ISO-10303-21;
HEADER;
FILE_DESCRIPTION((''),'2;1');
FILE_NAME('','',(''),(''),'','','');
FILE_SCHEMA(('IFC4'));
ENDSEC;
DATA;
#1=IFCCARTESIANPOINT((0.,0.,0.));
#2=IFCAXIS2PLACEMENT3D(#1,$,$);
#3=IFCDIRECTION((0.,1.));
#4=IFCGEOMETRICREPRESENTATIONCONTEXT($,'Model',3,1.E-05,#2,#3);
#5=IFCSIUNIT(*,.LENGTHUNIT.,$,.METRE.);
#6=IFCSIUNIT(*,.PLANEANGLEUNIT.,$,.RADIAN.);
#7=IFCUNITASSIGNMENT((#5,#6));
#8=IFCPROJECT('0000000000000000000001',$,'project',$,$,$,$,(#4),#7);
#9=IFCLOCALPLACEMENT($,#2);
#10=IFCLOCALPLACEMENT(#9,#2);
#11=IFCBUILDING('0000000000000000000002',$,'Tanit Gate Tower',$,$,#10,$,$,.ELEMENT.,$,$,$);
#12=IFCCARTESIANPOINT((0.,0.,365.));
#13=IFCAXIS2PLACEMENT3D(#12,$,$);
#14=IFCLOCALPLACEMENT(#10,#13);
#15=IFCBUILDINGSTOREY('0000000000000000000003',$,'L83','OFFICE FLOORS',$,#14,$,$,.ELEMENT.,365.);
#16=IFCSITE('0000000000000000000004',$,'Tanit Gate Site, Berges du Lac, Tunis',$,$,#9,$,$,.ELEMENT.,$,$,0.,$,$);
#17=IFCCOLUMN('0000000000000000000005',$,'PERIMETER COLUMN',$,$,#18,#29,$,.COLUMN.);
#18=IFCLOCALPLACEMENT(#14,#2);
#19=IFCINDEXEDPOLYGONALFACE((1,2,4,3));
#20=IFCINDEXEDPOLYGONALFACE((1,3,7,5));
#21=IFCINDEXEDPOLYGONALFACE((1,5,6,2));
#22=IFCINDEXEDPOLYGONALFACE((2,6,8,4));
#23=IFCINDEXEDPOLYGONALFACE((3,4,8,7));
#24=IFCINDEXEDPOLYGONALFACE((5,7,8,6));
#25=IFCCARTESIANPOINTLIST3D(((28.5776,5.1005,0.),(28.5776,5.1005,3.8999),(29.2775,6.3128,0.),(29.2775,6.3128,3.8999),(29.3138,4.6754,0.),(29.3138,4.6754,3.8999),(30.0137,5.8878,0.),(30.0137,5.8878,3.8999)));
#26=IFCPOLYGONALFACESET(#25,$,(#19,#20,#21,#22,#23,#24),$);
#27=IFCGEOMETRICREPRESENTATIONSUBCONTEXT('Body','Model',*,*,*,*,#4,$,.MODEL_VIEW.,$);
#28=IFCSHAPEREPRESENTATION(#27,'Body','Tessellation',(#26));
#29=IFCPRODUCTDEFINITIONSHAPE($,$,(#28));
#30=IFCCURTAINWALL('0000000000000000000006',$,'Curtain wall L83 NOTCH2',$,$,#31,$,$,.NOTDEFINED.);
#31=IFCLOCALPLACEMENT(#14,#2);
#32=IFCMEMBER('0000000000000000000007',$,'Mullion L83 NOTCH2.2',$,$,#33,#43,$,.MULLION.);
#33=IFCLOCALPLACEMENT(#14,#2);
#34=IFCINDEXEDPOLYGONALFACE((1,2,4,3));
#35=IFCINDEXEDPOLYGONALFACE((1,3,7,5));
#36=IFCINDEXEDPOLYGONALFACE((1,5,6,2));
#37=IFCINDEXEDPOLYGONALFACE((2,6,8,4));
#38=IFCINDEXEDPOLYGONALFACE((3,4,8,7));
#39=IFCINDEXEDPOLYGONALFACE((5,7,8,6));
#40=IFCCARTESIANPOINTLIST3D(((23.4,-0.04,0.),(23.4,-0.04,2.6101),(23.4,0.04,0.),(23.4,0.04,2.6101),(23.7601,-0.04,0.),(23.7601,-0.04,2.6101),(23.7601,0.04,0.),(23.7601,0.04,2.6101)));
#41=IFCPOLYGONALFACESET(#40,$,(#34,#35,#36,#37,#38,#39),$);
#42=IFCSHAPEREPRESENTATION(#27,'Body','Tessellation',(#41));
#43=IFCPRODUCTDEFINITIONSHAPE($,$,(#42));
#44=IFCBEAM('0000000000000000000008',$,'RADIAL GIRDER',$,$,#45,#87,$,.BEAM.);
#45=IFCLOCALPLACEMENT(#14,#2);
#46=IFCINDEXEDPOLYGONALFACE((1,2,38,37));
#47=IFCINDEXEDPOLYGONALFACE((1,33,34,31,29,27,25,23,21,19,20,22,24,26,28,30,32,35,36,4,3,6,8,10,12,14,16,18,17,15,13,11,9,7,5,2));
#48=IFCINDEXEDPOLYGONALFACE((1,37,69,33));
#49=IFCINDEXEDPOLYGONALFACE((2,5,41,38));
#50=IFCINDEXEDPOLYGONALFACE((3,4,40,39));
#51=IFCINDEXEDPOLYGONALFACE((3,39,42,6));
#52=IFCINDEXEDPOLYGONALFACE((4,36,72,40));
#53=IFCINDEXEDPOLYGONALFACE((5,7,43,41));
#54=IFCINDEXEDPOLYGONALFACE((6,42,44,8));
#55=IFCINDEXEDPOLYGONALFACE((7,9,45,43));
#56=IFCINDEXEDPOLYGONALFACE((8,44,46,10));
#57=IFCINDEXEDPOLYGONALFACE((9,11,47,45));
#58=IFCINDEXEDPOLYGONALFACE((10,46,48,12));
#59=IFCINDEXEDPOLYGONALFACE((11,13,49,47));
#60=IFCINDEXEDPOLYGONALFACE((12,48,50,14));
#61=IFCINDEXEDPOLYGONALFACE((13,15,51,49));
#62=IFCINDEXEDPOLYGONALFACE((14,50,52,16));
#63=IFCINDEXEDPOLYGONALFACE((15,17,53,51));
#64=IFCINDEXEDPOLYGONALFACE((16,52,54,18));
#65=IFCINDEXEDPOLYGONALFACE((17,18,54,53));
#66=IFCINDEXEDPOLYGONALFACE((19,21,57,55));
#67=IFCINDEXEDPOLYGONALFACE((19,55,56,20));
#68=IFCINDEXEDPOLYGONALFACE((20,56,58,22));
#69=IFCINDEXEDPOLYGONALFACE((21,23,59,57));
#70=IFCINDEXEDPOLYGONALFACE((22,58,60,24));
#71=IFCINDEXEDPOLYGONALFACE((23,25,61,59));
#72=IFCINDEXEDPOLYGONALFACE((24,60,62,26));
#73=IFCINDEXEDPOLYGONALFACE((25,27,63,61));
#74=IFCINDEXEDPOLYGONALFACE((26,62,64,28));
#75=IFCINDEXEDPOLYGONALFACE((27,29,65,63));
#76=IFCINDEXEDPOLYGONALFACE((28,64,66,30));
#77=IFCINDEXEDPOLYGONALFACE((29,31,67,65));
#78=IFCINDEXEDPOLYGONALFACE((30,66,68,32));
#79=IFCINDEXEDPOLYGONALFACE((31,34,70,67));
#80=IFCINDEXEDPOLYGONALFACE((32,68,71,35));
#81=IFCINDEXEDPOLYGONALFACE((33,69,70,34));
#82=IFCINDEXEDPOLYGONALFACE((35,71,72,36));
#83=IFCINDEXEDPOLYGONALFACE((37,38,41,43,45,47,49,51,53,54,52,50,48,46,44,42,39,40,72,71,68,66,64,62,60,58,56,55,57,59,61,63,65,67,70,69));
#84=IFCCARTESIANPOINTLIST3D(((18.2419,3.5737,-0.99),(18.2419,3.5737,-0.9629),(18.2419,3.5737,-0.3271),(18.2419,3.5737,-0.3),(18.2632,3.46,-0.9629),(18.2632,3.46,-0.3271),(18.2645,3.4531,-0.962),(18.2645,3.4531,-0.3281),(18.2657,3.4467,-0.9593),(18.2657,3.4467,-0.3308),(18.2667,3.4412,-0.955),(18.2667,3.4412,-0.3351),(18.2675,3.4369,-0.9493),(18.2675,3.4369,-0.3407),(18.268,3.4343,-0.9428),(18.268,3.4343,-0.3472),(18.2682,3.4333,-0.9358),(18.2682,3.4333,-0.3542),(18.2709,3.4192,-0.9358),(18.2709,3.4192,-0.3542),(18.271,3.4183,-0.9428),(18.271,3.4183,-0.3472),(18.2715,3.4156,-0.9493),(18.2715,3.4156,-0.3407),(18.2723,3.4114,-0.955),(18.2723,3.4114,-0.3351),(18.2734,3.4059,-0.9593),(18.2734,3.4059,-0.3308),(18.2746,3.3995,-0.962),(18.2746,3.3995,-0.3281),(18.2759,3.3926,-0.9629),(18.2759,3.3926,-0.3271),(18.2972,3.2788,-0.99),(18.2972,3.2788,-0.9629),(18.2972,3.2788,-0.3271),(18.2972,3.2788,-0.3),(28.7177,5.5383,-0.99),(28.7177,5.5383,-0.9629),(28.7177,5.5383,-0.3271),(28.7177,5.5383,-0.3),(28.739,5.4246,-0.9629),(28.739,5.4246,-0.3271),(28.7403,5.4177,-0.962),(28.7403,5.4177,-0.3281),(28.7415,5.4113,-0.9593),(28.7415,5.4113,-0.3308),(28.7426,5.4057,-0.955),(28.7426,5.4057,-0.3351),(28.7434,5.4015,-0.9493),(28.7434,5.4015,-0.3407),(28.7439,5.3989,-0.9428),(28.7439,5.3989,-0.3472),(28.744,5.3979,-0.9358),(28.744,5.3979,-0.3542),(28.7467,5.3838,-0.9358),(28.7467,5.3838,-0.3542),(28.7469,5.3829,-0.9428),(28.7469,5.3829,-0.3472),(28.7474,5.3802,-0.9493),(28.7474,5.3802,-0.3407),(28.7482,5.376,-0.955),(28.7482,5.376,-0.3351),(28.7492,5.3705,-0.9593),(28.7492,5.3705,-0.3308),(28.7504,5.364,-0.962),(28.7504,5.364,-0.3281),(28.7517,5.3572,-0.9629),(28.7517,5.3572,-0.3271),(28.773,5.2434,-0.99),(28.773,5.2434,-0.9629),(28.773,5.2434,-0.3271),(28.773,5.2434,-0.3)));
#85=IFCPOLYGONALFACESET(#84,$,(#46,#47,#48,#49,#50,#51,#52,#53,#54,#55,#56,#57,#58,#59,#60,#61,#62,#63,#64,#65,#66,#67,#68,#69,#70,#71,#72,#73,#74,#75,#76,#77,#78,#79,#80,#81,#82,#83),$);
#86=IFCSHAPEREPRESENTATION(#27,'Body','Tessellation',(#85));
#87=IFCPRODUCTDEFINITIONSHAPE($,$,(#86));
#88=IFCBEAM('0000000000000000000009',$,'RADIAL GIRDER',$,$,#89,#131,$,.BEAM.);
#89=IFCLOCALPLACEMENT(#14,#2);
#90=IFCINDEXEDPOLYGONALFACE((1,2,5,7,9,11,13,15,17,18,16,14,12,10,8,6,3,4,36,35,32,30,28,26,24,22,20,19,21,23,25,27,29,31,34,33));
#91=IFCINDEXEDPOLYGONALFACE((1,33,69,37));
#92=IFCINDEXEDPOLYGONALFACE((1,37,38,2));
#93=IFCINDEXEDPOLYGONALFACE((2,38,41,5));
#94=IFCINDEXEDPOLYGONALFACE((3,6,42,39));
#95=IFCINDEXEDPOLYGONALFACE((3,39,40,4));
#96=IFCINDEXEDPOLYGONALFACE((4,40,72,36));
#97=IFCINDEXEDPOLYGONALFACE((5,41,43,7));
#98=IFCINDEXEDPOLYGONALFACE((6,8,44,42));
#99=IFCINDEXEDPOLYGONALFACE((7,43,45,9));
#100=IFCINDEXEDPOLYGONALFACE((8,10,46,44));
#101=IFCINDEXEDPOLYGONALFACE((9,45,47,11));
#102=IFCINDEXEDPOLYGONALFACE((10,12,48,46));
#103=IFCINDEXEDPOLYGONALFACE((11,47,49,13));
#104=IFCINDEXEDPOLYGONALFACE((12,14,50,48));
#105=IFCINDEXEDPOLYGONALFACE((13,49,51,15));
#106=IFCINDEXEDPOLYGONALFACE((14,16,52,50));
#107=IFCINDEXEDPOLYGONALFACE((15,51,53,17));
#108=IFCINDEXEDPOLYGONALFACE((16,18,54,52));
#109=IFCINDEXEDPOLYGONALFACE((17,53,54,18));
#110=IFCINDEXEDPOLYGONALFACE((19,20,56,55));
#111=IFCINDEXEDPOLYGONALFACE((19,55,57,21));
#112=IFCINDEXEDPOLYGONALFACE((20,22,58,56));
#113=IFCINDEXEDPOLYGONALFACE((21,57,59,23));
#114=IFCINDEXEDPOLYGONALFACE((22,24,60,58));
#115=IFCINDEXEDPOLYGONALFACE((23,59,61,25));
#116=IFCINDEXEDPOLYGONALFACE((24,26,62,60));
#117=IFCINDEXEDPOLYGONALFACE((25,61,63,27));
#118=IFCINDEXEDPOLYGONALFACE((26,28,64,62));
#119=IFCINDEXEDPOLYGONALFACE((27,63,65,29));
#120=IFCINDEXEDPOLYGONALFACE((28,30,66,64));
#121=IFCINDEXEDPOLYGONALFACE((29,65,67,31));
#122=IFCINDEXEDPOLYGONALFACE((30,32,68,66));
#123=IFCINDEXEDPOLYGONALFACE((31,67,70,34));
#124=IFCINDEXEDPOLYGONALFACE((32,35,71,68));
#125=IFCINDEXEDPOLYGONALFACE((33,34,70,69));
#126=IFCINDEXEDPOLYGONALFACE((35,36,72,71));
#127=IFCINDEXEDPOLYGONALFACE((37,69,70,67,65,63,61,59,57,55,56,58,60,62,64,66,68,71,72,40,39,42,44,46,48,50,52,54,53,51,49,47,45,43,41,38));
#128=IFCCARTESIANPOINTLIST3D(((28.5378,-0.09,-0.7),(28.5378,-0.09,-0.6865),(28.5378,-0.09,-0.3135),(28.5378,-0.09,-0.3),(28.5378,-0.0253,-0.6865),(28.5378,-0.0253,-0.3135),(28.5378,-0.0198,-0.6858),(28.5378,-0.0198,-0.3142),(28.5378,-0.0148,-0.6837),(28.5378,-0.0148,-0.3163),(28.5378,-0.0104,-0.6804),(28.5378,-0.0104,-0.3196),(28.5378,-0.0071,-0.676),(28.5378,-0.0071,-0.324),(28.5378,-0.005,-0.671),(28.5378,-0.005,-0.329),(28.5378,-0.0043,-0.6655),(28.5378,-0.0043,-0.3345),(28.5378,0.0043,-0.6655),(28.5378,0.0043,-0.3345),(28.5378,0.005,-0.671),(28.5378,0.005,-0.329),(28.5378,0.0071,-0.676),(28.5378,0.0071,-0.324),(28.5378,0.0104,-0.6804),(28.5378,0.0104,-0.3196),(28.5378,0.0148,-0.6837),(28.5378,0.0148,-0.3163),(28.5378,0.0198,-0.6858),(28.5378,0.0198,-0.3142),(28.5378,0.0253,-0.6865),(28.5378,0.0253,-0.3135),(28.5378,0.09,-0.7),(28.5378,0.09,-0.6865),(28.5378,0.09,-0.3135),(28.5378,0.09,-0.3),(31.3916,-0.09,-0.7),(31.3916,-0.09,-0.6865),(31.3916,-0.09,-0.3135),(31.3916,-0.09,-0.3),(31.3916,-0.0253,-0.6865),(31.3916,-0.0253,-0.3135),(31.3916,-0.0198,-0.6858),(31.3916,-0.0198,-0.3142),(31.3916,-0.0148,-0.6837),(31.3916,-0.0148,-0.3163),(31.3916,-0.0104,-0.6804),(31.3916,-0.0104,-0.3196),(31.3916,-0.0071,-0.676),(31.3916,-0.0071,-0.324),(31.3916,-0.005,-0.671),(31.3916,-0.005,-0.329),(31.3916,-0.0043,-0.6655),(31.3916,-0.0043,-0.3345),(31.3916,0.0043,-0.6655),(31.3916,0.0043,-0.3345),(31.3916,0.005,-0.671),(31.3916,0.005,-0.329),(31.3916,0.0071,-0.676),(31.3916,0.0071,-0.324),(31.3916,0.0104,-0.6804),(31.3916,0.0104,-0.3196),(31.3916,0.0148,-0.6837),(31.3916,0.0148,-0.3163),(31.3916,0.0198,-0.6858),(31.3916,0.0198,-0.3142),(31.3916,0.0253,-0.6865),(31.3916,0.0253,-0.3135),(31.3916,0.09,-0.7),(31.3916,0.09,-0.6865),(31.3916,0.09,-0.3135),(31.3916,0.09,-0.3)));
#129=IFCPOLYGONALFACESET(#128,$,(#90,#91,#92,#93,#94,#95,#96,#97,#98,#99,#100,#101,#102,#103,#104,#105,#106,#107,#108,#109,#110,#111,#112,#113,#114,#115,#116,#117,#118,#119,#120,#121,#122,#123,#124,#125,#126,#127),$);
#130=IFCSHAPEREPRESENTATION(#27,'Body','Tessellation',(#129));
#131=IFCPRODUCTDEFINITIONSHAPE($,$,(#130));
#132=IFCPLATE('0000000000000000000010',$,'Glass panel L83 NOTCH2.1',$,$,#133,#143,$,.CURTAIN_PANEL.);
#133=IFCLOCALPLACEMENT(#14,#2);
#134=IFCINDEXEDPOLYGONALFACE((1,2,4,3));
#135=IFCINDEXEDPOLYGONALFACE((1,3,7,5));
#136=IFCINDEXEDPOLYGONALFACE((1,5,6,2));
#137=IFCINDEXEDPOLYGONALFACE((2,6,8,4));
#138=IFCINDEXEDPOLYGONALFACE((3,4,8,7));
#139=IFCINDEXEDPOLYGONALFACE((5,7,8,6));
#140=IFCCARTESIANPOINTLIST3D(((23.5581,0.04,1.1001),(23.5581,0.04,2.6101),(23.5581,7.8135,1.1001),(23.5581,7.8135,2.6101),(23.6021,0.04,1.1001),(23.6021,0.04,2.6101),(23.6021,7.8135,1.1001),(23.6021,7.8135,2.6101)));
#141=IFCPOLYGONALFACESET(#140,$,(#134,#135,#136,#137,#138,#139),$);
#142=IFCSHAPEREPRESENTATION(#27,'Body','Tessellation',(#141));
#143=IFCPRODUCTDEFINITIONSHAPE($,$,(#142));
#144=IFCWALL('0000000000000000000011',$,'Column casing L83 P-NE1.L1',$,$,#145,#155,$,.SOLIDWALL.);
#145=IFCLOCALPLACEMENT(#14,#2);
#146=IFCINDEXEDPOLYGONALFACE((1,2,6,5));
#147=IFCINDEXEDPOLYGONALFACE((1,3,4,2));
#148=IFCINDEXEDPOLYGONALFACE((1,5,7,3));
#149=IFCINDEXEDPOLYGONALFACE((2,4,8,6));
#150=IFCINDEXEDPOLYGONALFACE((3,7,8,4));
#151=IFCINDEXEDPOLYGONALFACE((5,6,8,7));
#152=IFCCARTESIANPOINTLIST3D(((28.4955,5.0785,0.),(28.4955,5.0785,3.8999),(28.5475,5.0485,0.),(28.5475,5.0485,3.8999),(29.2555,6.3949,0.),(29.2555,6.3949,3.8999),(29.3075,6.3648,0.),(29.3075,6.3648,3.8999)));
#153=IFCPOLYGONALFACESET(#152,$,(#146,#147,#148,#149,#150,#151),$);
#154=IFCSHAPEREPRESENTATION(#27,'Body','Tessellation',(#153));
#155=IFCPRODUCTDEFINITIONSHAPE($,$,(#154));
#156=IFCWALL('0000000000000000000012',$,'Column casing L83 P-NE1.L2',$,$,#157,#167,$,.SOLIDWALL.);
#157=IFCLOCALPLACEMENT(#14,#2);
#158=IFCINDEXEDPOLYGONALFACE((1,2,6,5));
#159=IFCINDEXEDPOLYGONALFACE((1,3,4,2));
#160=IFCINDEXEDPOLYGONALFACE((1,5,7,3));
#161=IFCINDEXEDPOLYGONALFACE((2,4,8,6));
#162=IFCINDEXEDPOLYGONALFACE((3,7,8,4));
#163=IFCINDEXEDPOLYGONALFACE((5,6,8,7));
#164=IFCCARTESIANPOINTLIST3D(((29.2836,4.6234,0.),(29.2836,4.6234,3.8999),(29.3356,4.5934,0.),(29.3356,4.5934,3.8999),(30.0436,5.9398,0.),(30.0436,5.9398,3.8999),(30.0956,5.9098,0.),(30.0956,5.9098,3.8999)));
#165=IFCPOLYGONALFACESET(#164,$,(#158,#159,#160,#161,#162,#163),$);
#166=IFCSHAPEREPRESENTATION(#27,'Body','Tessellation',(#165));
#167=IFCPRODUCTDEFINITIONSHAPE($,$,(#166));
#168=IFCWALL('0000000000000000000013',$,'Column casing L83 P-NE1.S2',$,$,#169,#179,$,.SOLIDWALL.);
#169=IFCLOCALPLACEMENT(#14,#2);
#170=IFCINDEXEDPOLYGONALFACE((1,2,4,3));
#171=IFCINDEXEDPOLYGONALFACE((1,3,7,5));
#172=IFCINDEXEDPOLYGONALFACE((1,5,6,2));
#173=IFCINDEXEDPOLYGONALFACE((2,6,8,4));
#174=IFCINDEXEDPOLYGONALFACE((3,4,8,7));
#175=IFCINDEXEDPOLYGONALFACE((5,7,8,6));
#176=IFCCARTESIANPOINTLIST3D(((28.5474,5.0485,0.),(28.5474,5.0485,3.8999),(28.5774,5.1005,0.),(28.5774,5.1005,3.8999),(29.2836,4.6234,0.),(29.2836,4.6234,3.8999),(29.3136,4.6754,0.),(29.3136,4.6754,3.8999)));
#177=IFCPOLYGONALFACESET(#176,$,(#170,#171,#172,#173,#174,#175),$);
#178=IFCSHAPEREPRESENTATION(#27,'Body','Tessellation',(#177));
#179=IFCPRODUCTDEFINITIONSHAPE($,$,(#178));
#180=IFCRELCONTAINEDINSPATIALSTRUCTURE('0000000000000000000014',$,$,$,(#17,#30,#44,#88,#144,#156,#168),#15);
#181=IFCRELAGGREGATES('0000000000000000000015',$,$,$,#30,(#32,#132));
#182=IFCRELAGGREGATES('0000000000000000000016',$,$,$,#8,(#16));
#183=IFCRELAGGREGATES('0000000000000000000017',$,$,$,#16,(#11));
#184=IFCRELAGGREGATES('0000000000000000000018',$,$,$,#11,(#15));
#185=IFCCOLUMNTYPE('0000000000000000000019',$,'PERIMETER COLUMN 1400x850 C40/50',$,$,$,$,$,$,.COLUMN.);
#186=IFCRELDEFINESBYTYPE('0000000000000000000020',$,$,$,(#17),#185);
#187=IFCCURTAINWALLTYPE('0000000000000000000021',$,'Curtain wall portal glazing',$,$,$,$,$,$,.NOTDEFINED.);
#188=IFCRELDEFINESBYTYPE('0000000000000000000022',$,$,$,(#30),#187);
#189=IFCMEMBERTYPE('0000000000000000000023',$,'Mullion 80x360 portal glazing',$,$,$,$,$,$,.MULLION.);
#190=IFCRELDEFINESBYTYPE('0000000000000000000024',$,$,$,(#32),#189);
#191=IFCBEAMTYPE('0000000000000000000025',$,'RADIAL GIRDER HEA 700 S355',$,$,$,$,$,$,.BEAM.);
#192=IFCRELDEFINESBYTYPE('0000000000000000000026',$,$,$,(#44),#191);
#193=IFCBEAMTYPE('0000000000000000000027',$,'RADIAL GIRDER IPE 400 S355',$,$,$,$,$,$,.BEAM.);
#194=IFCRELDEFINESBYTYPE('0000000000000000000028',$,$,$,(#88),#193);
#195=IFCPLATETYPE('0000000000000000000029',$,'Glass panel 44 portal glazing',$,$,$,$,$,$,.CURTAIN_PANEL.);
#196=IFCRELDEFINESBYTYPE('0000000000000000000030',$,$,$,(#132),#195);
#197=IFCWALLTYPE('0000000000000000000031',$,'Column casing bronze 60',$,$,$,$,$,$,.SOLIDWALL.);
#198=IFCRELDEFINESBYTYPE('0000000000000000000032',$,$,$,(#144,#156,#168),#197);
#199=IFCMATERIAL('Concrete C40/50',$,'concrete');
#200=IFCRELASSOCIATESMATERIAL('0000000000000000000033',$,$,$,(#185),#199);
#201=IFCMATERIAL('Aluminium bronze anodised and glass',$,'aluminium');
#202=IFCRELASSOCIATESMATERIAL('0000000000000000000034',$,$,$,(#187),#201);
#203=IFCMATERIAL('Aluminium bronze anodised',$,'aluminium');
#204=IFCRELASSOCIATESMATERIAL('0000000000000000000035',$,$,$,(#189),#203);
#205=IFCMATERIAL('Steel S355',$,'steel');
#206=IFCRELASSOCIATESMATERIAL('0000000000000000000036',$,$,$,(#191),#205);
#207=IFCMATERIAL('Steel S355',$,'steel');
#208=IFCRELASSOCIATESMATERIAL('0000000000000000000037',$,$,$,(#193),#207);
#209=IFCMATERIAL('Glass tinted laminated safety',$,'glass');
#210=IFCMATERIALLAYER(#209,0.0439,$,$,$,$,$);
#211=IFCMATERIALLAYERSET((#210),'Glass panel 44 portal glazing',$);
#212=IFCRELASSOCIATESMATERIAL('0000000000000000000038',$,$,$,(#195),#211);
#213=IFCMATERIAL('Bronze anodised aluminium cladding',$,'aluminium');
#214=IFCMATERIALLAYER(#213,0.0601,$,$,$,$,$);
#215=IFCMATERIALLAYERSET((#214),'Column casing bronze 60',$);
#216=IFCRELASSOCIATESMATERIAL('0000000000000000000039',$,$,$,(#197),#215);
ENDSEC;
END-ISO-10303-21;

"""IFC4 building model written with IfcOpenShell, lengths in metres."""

from ifc_helpers import new_model, si_unit, direction, frame, frame_2d, origin, origin_2d, place, context, subcontext, project, spatial, rectangle, i_section, extrude, material, layer, layer_set, material_profile, profile_set, type_object, element, aggregate, save


model = new_model("IFC4")

# Units and contexts
model_context = context("Model", 3, precision=1e-05, world=origin(), true_north=direction((0.0, 1.0)))
body_context = subcontext(model_context, "Body", "Model", "MODEL_VIEW")
ifc_project = project(units=[si_unit("LENGTHUNIT", "METRE"), si_unit("PLANEANGLEUNIT", "RADIAN")], contexts=[model_context])

# Site, building, storey
site_placement = place(None, origin())
site = spatial("IfcSite", under=ifc_project, at=site_placement, Name="Tanit Gate Site, Berges du Lac, Tunis", CompositionType="ELEMENT", RefElevation=0.0)
building_placement = place(site_placement, origin())
building = spatial("IfcBuilding", under=site, at=building_placement, Name="Tanit Gate Tower", CompositionType="ELEMENT")
storey_placement = place(building_placement, frame((0.0, 0.0, 365.0)))
storey = spatial("IfcBuildingStorey", under=building, at=storey_placement, Name="L83", Description="OFFICE FLOORS", CompositionType="ELEMENT", Elevation=365.0)

# Column
ifc_material_1 = material(Name="Concrete C40/50", Category="concrete")
ifc_material_profile_1 = material_profile(ifc_material_1, rectangle(XDim=1.3999, YDim=0.8501, at=origin_2d()), Name="RC 1400x850")
ifc_profile_set_1 = profile_set([ifc_material_profile_1], Name="Concrete C40/50")
column_type = type_object("IfcColumnType", Name="PERIMETER COLUMN 1400x850 C40/50", PredefinedType="COLUMN", material=ifc_profile_set_1)
column_placement = place(storey_placement, frame((29.2957, 5.4941, 0.0), z_axis=(0.0, 0.0, 1.0), x_axis=(0.5, 0.866025, 0.0)))
element("IfcColumn", 1, at=column_placement, inside=storey, type_object=column_type, Name="PERIMETER COLUMN", PredefinedType="COLUMN", context=body_context, shape_type="SweptSolid", body=[
    extrude(rectangle(XDim=1.3999, YDim=0.8501, at=origin_2d()), origin(), (0.0, 0.0, 1.0), 3.8999),
])

# Curtain wall, member
ifc_material_2 = material(Name="Aluminium bronze anodised and glass", Category="aluminium")
curtain_wall_type = type_object("IfcCurtainWallType", Name="Curtain wall portal glazing", PredefinedType="NOTDEFINED", material=ifc_material_2)
curtain_wall_placement = place(storey_placement, origin())
curtain_wall = element("IfcCurtainWall", 2, at=curtain_wall_placement, inside=storey, type_object=curtain_wall_type, Name="Curtain wall L83 NOTCH2", PredefinedType="NOTDEFINED")
ifc_material_3 = material(Name="Aluminium bronze anodised", Category="aluminium")
ifc_material_profile_2 = material_profile(ifc_material_3, rectangle(XDim=0.3601, YDim=0.0801, at=origin_2d()), Name="80x360 bronze mullion")
ifc_profile_set_2 = profile_set([ifc_material_profile_2], Name="Aluminium bronze anodised")
member_type = type_object("IfcMemberType", Name="Mullion 80x360 portal glazing", PredefinedType="MULLION", material=ifc_profile_set_2)
member_placement = place(storey_placement, frame((23.5801, 0.0, 0.0), z_axis=(0.0, 0.0, 1.0), x_axis=(1.0, 0.0, 0.0)))
member = element("IfcMember", 3, at=member_placement, type_object=member_type, Name="Mullion L83 NOTCH2.2", PredefinedType="MULLION", context=body_context, shape_type="SweptSolid", body=[
    extrude(rectangle(XDim=0.3601, YDim=0.0801, at=origin_2d()), origin(), (0.0, 0.0, 1.0), 2.6101),
])

# Beams
ifc_material_4 = material(Name="Steel S355", Category="steel")
ifc_material_profile_3 = material_profile(ifc_material_4, i_section(OverallWidth=0.3, OverallDepth=0.6899, WebThickness=0.0144, FlangeThickness=0.0271, FilletRadius=0.0271, at=origin_2d()), Name="HEA 700")
ifc_profile_set_3 = profile_set([ifc_material_profile_3], Name="Steel S355")
beam_type_1 = type_object("IfcBeamType", Name="RADIAL GIRDER HEA 700 S355", PredefinedType="BEAM", material=ifc_profile_set_3)
beam_1_placement = place(storey_placement, frame((28.7454, 5.3909, -0.645), z_axis=(-0.982866, -0.184323, 0.0), x_axis=(0.184323, -0.982866, 0.0)))
element("IfcBeam", 4, at=beam_1_placement, inside=storey, type_object=beam_type_1, Name="RADIAL GIRDER", PredefinedType="BEAM", context=body_context, shape_type="SweptSolid", body=[
    extrude(i_section(OverallWidth=0.3, OverallDepth=0.6899, WebThickness=0.0144, FlangeThickness=0.0271, FilletRadius=0.0271, at=origin_2d()), origin(), (0.0, 0.0, 1.0), 10.6584),
])
ifc_material_5 = material(Name="Steel S355", Category="steel")
ifc_material_profile_4 = material_profile(ifc_material_5, i_section(OverallWidth=0.1799, OverallDepth=0.3999, WebThickness=0.0085, FlangeThickness=0.0134, FilletRadius=0.021, at=origin_2d()), Name="IPE 400")
ifc_profile_set_4 = profile_set([ifc_material_profile_4], Name="Steel S355")
beam_type_2 = type_object("IfcBeamType", Name="RADIAL GIRDER IPE 400 S355", PredefinedType="BEAM", material=ifc_profile_set_4)
beam_2_placement = place(storey_placement, frame((31.3916, 0.0, -0.5), z_axis=(-1.0, 0.0, 0.0), x_axis=(0.0, -1.0, 0.0)))
element("IfcBeam", 5, at=beam_2_placement, inside=storey, type_object=beam_type_2, Name="RADIAL GIRDER", PredefinedType="BEAM", context=body_context, shape_type="SweptSolid", body=[
    extrude(i_section(OverallWidth=0.1799, OverallDepth=0.3999, WebThickness=0.0085, FlangeThickness=0.0134, FilletRadius=0.021, at=origin_2d()), origin(), (0.0, 0.0, 1.0), 2.8538),
])

# Plate
ifc_material_6 = material(Name="Glass tinted laminated safety", Category="glass")
ifc_layer_1 = layer(ifc_material_6, 0.0439)
ifc_layer_set_1 = layer_set([ifc_layer_1], Name="Glass panel 44 portal glazing")
plate_type = type_object("IfcPlateType", Name="Glass panel 44 portal glazing", PredefinedType="CURTAIN_PANEL", material=ifc_layer_set_1)
plate_placement = place(storey_placement, frame((23.5801, 3.9268, 1.1001), z_axis=(0.0, 0.0, 1.0), x_axis=(0.0, -1.0, 0.0)))
plate = element("IfcPlate", 6, at=plate_placement, type_object=plate_type, Name="Glass panel L83 NOTCH2.1", PredefinedType="CURTAIN_PANEL", context=body_context, shape_type="SweptSolid", body=[
    extrude(rectangle(XDim=7.7734, YDim=0.0439, at=origin_2d()), origin(), (0.0, 0.0, 1.0), 1.51),
])
aggregate(curtain_wall, [member, plate])

# Walls
ifc_material_7 = material(Name="Bronze anodised aluminium cladding", Category="aluminium")
ifc_layer_2 = layer(ifc_material_7, 0.0601)
ifc_layer_set_2 = layer_set([ifc_layer_2], Name="Column casing bronze 60")
wall_type_1 = type_object("IfcWallType", Name="Column casing bronze 60", PredefinedType="SOLIDWALL", material=ifc_layer_set_2)
for number, where, z_axis, x_axis, name in (
    (7, (28.5215, 5.0635, 0.0), (0.0, 0.0, 1.0), (0.499991, 0.86603, 0.0), "Column casing L83 P-NE1.L1"),
    (8, (29.3096, 4.6084, 0.0), (0.0, 0.0, 1.0), (0.499991, 0.86603, 0.0), "Column casing L83 P-NE1.L2"),
):
    element("IfcWall", number, at=place(storey_placement, frame(where, z_axis=z_axis, x_axis=x_axis)), inside=storey, type_object=wall_type_1, Name=name, PredefinedType="SOLIDWALL", context=body_context, shape_type="SweptSolid", body=[
        extrude(rectangle(XDim=1.52, YDim=0.0601, at=frame_2d((0.76, 0.0))), origin(), (0.0, 0.0, 1.0), 3.8999),
    ])
wall_1_placement = place(storey_placement, frame((29.2986, 4.6494, 0.0), z_axis=(0.0, 0.0, 1.0), x_axis=(-0.865989, 0.500062, 0.0)))
element("IfcWall", 9, at=wall_1_placement, inside=storey, type_object=wall_type_1, Name="Column casing L83 P-NE1.S2", PredefinedType="SOLIDWALL", context=body_context, shape_type="SweptSolid", body=[
    extrude(rectangle(XDim=0.8501, YDim=0.0601, at=frame_2d((0.425, 0.0))), origin(), (0.0, 0.0, 1.0), 3.8999),
])

save(model, "model.ifc")
